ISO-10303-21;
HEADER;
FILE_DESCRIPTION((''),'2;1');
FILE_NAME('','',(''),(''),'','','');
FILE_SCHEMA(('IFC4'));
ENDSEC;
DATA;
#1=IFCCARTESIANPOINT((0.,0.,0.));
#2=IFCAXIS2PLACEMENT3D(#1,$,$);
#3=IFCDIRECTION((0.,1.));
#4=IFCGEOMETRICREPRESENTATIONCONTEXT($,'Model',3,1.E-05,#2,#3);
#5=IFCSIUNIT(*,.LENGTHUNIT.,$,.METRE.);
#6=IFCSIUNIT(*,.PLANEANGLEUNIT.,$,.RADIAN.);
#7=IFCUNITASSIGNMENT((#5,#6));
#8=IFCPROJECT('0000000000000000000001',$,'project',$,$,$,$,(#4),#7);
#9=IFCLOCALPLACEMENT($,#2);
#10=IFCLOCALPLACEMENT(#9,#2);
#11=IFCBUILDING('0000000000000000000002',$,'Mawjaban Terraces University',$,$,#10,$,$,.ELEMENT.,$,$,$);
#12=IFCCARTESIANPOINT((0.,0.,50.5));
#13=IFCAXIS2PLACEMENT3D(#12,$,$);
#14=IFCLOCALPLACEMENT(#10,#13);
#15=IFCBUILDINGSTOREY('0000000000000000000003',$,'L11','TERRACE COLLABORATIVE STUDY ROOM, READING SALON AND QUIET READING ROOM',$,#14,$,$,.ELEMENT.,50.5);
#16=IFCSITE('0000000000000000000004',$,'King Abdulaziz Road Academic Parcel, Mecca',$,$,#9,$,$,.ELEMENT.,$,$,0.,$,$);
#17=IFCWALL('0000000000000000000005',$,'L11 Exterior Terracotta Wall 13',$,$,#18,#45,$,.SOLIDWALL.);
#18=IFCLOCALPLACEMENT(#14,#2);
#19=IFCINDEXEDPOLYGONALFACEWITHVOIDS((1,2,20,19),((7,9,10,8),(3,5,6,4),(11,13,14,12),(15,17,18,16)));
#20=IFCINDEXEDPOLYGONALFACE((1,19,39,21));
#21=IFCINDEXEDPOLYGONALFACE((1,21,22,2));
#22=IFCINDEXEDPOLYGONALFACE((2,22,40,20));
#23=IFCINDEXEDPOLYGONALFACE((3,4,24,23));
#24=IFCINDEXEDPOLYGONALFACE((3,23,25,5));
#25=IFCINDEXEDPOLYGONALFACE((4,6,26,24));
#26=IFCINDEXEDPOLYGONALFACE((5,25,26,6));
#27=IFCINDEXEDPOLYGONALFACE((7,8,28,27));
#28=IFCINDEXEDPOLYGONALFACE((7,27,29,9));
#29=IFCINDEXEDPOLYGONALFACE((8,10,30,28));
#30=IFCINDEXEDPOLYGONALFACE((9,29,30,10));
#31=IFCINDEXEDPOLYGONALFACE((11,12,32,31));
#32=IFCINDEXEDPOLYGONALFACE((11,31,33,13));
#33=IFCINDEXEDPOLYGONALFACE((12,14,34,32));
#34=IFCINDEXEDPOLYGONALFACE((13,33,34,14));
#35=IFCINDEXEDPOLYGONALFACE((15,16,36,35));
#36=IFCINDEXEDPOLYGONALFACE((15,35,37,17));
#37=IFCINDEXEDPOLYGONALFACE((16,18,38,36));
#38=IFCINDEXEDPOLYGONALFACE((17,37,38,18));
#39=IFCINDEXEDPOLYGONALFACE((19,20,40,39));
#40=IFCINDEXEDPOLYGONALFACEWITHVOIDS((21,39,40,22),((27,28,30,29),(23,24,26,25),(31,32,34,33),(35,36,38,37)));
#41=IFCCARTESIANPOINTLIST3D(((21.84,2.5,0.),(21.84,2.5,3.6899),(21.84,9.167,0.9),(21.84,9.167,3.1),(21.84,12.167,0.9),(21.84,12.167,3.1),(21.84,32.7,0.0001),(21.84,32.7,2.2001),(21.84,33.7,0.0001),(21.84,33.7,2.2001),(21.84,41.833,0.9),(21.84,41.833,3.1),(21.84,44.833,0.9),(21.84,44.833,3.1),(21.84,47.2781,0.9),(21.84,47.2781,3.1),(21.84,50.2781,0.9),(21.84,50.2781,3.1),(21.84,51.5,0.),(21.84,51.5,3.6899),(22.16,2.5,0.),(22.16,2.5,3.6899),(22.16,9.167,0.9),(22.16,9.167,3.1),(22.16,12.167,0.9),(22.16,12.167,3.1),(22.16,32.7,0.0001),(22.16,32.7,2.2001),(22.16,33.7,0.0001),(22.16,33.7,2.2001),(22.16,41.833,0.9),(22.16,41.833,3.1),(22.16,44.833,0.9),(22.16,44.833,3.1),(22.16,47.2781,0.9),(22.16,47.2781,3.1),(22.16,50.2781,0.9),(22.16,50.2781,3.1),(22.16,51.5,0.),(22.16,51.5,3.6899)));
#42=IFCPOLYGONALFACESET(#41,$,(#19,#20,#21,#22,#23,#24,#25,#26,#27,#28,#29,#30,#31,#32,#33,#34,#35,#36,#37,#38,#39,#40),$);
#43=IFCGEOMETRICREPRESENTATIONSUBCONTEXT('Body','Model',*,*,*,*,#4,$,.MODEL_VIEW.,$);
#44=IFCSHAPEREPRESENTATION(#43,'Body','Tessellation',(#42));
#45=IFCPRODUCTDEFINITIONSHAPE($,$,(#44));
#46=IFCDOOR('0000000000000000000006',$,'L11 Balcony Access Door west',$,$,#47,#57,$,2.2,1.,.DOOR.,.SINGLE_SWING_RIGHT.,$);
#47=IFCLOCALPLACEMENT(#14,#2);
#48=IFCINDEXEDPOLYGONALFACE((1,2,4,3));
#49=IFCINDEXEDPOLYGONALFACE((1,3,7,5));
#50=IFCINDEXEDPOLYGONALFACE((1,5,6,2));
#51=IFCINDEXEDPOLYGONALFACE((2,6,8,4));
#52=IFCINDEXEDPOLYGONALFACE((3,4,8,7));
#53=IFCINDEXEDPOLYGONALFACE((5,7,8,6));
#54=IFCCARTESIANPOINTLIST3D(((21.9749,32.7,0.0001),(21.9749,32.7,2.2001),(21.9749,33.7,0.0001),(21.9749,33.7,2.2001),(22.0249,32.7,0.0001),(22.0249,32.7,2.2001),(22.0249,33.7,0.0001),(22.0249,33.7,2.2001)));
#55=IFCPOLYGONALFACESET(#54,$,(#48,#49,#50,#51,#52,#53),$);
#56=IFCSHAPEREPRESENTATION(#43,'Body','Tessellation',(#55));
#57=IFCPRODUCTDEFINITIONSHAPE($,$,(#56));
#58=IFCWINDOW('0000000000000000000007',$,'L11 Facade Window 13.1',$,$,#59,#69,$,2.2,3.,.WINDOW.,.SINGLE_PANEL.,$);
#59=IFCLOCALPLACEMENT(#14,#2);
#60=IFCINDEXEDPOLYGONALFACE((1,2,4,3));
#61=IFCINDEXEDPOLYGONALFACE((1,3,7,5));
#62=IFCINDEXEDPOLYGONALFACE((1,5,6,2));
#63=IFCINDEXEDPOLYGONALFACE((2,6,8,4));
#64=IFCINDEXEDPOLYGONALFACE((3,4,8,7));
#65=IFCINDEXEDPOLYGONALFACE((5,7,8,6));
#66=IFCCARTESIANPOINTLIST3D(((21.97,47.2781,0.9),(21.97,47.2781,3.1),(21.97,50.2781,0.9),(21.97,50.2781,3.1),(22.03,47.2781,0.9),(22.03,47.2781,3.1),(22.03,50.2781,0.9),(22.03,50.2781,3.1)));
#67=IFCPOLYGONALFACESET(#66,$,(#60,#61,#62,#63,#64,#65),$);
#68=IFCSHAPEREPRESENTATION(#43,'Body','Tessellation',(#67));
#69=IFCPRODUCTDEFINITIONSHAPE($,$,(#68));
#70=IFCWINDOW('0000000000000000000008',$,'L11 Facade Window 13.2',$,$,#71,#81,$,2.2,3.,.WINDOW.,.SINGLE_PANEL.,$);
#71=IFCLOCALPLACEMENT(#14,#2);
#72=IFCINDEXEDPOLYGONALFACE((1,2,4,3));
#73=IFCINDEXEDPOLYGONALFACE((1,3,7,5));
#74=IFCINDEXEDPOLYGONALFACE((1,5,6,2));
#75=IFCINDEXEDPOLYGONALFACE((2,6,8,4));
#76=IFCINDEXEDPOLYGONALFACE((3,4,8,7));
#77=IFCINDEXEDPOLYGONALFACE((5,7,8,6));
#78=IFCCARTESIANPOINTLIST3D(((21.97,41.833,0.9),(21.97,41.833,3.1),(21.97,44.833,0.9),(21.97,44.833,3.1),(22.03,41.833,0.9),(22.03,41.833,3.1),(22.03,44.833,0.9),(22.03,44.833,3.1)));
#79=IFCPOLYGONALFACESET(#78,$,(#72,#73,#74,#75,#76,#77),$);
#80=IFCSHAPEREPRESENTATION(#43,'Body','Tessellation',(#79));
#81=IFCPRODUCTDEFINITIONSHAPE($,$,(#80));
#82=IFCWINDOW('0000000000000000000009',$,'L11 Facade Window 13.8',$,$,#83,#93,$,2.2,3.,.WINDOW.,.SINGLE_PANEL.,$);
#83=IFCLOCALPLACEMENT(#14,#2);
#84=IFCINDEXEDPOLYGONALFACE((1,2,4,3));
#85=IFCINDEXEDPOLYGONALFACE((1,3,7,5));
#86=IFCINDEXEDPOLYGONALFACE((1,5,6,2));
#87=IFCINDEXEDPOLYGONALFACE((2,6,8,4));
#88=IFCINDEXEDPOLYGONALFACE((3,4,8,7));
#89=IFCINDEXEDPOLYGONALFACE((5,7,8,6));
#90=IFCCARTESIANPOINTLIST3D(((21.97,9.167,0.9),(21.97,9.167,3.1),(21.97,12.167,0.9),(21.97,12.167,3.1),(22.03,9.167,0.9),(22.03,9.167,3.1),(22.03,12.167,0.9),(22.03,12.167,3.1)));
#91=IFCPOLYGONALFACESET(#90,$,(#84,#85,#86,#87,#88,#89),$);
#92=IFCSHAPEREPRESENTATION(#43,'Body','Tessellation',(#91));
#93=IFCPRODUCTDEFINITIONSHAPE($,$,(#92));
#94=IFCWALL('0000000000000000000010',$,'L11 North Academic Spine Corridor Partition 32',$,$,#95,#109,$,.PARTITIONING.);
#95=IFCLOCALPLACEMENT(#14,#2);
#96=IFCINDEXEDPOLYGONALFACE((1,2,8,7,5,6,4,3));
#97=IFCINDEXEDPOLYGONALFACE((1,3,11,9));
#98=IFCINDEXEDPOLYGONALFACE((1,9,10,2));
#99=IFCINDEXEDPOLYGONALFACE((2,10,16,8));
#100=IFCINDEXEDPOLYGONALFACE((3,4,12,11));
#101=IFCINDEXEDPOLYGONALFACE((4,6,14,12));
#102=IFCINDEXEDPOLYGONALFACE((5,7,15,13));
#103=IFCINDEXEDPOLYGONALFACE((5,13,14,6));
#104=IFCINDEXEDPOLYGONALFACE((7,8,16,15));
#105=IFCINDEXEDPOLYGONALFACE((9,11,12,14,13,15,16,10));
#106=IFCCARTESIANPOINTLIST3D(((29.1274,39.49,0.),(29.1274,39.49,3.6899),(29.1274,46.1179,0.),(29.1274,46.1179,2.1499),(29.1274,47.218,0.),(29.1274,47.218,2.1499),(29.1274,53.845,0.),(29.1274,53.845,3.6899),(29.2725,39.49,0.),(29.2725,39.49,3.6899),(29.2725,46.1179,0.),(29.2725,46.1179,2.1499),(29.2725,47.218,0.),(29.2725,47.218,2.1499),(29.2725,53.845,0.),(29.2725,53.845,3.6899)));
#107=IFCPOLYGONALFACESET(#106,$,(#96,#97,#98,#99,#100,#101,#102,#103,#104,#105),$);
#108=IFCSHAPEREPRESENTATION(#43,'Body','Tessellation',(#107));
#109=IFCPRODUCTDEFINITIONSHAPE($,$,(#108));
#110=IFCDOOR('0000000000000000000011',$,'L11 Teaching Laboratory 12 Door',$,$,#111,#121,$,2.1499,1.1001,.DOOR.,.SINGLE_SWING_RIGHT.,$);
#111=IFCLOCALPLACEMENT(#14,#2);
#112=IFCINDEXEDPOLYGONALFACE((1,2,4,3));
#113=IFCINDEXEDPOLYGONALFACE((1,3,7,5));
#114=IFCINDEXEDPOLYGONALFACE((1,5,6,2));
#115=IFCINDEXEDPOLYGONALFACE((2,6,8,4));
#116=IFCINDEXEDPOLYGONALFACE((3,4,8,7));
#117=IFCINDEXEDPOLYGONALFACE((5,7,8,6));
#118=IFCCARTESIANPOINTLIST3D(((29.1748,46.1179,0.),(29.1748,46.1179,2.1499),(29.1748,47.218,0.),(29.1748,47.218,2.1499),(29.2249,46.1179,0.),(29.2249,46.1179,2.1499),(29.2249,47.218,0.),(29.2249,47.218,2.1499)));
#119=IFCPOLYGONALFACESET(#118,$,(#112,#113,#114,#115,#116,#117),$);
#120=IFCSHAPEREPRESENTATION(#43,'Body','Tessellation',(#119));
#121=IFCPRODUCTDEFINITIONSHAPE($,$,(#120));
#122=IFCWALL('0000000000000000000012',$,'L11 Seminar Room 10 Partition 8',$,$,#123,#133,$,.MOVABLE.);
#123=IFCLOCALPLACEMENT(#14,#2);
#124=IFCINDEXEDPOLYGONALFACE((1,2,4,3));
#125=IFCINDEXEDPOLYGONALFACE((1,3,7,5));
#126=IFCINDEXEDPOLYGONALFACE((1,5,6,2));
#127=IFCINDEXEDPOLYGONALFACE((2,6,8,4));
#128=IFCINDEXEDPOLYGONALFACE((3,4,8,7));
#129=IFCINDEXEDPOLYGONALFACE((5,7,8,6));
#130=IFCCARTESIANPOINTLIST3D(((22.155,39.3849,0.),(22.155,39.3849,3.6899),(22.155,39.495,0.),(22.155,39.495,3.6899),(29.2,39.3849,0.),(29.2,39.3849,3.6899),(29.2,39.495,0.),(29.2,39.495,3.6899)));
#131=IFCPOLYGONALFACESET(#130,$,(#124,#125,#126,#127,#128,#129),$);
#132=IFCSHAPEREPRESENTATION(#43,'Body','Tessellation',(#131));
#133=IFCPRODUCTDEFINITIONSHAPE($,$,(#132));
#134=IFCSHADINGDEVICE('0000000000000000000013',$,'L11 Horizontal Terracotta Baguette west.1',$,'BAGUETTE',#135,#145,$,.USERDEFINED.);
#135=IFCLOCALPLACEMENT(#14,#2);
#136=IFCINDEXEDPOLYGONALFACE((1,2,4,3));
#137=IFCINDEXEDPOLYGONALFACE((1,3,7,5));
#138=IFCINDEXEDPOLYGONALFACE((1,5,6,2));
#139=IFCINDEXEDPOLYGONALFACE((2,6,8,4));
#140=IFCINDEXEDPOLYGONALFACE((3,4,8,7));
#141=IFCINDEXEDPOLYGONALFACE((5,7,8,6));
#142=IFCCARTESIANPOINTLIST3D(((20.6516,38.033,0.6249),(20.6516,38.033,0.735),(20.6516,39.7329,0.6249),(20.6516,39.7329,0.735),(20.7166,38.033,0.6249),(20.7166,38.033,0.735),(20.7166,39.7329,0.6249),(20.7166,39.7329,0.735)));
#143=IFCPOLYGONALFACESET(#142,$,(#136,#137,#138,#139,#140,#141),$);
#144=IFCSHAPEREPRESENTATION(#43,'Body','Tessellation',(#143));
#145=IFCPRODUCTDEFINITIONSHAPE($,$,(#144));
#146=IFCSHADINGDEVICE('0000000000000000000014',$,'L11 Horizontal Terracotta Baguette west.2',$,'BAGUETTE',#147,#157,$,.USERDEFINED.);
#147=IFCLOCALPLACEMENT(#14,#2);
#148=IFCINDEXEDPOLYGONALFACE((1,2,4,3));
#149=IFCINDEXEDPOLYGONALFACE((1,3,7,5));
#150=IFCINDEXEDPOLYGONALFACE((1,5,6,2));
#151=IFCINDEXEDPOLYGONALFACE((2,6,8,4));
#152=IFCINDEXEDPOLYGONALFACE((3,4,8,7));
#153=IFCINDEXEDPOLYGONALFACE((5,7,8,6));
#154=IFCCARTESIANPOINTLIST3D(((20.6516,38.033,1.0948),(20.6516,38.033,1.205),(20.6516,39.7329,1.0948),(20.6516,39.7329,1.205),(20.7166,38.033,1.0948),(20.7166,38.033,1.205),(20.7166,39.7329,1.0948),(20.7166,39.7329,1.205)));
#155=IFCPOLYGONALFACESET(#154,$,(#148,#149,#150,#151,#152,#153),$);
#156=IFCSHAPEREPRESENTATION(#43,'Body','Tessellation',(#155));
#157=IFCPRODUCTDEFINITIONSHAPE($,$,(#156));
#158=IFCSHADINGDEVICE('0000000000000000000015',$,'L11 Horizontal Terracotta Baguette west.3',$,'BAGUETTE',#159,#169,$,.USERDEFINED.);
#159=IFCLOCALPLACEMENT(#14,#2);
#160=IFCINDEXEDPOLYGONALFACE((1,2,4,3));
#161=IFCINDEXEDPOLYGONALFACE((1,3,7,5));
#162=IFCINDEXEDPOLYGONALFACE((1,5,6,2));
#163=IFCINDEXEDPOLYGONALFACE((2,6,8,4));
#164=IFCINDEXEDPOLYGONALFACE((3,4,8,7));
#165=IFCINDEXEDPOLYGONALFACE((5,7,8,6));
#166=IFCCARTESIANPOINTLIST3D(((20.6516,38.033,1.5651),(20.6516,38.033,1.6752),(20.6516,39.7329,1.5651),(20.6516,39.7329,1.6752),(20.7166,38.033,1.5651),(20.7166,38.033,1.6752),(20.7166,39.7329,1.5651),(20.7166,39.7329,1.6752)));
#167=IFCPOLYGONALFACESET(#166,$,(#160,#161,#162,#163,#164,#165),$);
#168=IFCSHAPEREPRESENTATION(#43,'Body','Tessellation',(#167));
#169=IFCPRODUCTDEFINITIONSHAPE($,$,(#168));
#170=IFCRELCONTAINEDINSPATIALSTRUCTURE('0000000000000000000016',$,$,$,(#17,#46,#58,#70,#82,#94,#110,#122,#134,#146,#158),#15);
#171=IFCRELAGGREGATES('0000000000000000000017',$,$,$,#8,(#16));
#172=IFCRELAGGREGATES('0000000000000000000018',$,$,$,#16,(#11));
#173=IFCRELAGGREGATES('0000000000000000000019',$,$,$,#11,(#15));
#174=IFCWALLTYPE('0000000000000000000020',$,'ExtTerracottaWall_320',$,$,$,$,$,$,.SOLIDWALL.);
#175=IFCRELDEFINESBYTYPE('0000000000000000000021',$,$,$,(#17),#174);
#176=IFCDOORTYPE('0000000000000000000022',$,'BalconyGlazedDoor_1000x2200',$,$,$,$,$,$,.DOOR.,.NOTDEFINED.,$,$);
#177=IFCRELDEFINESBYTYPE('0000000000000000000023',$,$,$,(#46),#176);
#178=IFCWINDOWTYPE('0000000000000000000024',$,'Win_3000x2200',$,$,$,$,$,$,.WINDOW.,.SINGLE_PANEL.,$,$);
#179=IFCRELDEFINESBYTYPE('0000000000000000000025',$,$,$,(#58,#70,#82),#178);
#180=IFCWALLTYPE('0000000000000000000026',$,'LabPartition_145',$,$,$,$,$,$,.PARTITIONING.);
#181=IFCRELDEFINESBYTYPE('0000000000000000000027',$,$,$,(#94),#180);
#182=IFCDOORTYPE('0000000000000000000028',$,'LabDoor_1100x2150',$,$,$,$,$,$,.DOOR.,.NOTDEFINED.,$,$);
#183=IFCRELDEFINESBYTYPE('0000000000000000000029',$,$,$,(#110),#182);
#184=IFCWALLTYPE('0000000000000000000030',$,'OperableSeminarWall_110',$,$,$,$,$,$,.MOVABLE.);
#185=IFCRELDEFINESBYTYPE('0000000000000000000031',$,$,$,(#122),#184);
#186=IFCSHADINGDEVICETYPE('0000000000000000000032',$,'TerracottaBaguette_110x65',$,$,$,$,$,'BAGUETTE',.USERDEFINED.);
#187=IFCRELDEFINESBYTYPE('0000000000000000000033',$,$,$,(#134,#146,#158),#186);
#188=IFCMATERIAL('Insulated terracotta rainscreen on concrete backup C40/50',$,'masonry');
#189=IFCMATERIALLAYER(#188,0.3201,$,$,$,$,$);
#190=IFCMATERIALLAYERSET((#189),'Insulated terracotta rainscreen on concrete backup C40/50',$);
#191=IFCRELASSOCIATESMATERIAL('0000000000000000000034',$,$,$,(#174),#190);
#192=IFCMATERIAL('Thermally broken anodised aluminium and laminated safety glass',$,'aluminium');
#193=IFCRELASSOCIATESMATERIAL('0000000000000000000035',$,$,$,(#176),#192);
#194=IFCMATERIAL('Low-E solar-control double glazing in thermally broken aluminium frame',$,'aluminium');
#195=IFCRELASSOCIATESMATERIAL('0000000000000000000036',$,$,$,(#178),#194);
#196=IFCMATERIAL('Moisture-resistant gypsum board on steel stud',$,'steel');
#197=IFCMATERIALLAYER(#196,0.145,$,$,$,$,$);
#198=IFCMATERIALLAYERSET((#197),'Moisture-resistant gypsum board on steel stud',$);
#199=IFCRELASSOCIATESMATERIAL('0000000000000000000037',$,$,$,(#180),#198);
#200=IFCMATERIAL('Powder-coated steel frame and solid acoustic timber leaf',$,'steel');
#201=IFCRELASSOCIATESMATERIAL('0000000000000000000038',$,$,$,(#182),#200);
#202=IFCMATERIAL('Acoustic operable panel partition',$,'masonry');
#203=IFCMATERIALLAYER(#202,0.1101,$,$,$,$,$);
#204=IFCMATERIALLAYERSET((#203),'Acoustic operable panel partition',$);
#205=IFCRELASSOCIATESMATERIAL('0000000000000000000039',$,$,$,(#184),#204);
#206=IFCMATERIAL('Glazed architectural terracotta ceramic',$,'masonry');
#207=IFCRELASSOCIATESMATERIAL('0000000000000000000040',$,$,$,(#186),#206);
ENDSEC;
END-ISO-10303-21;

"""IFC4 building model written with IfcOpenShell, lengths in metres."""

from ifc_helpers import new_model, si_unit, direction, frame, frame_2d, origin, origin_2d, place, context, subcontext, project, spatial, rectangle, extrude, material, layer, layer_set, material_profile, profile_set, type_object, element, fill, save


model = new_model("IFC4")

# Units and contexts
model_context = context("Model", 3, precision=1e-05, world=origin(), true_north=direction((0.0, 1.0)))
body_context = subcontext(model_context, "Body", "Model", "MODEL_VIEW")
ifc_project = project(units=[si_unit("LENGTHUNIT", "METRE"), si_unit("PLANEANGLEUNIT", "RADIAN")], contexts=[model_context])

# Site, building, storey
site_placement = place(None, origin())
site = spatial("IfcSite", under=ifc_project, at=site_placement, Name="King Abdulaziz Road Academic Parcel, Mecca", CompositionType="ELEMENT", RefElevation=0.0)
building_placement = place(site_placement, origin())
building = spatial("IfcBuilding", under=site, at=building_placement, Name="Mawjaban Terraces University", CompositionType="ELEMENT")
storey_placement = place(building_placement, frame((0.0, 0.0, 50.5)))
storey = spatial("IfcBuildingStorey", under=building, at=storey_placement, Name="L11", Description="TERRACE COLLABORATIVE STUDY ROOM, READING SALON AND QUIET READING ROOM", CompositionType="ELEMENT", Elevation=50.5)

# Shared definitions
ifc_material_1 = material(Name="Powder-coated steel frame and solid acoustic timber leaf", Category="steel")

# Shared definitions
ifc_material_2 = material(Name="Insulated terracotta rainscreen on concrete backup C40/50", Category="masonry")
ifc_layer_1 = layer(ifc_material_2, 0.3201)
ifc_layer_set_1 = layer_set([ifc_layer_1], Name="Insulated terracotta rainscreen on concrete backup C40/50")
wall_type_1 = type_object("IfcWallType", Name="ExtTerracottaWall_320", PredefinedType="SOLIDWALL", material=ifc_layer_set_1)
ifc_material_3 = material(Name="Low-E solar-control double glazing in thermally broken aluminium frame", Category="aluminium")

# Wall, openings, door, windows
wall_1_placement = place(storey_placement, frame((22.0, 51.5, 0.0), z_axis=(0.0, 0.0, 1.0), x_axis=(0.0, -1.0, 0.0)))
wall_1 = element("IfcWall", 1, at=wall_1_placement, inside=storey, type_object=wall_type_1, Name="L11 Exterior Terracotta Wall 13", PredefinedType="SOLIDWALL", context=body_context, shape_type="SweptSolid", body=[
    extrude(rectangle(XDim=49.0, YDim=0.3201, at=frame_2d((24.5, 0.0))), origin(), (0.0, 0.0, 1.0), 3.6899),
])
opening_1_placement = place(wall_1_placement, frame((17.8, 0.0, 0.0)))
opening_1 = element("IfcOpeningElement", 2, at=opening_1_placement, cuts=wall_1, PredefinedType="OPENING", context=body_context, shape_type="SweptSolid", body=[
    extrude(rectangle(XDim=1.0, YDim=2.2, at=frame_2d((0.5, 1.1001))), frame((0.0, 0.1699, 0.0), z_axis=(0.0, -1.0, 0.0), x_axis=(1.0, 0.0, 0.0)), (0.0, 0.0, 1.0), 0.3401),
])
opening_2_placement = place(wall_1_placement, frame((1.2219, 0.0, 0.8999)))
opening_2 = element("IfcOpeningElement", 3, at=opening_2_placement, cuts=wall_1, PredefinedType="OPENING", context=body_context, shape_type="SweptSolid", body=[
    extrude(rectangle(XDim=3.0, YDim=2.2, at=frame_2d((1.5, 1.1001))), frame((0.0, 0.1699, 0.0), z_axis=(0.0, -1.0, 0.0), x_axis=(1.0, 0.0, 0.0)), (0.0, 0.0, 1.0), 0.3401),
])
opening_3_placement = place(wall_1_placement, frame((6.667, 0.0, 0.8999)))
opening_3 = element("IfcOpeningElement", 4, at=opening_3_placement, cuts=wall_1, PredefinedType="OPENING", context=body_context, shape_type="SweptSolid", body=[
    extrude(rectangle(XDim=3.0, YDim=2.2, at=frame_2d((1.5, 1.1001))), frame((0.0, 0.1699, 0.0), z_axis=(0.0, -1.0, 0.0), x_axis=(1.0, 0.0, 0.0)), (0.0, 0.0, 1.0), 0.3401),
])
opening_4_placement = place(wall_1_placement, frame((39.333, 0.0, 0.8999)))
opening_4 = element("IfcOpeningElement", 5, at=opening_4_placement, cuts=wall_1, PredefinedType="OPENING", context=body_context, shape_type="SweptSolid", body=[
    extrude(rectangle(XDim=3.0, YDim=2.2, at=frame_2d((1.5, 1.1001))), frame((0.0, 0.1699, 0.0), z_axis=(0.0, -1.0, 0.0), x_axis=(1.0, 0.0, 0.0)), (0.0, 0.0, 1.0), 0.3401),
])
ifc_material_4 = material(Name="Thermally broken anodised aluminium and laminated safety glass", Category="aluminium")
door_type_1 = type_object("IfcDoorType", Name="BalconyGlazedDoor_1000x2200", OperationType="NOTDEFINED", PredefinedType="DOOR", material=ifc_material_4)
door_1_placement = place(opening_1_placement, origin())
door_1 = element("IfcDoor", 6, at=door_1_placement, inside=storey, type_object=door_type_1, Name="L11 Balcony Access Door west", OperationType="SINGLE_SWING_RIGHT", OverallHeight=2.2, OverallWidth=1.0, PredefinedType="DOOR", context=body_context, shape_type="SweptSolid", body=[
    extrude(rectangle(XDim=1.0, YDim=2.2, at=frame_2d((0.5, 1.1001))), frame((0.0, 0.0249, 0.0), z_axis=(0.0, -1.0, 0.0), x_axis=(1.0, 0.0, 0.0)), (0.0, 0.0, 1.0), 0.05),
])
fill(opening_1, door_1)
window_type_1 = type_object("IfcWindowType", Name="Win_3000x2200", PartitioningType="SINGLE_PANEL", PredefinedType="WINDOW", material=ifc_material_3)
window_1_placement = place(opening_2_placement, origin())
window_1 = element("IfcWindow", 7, at=window_1_placement, inside=storey, type_object=window_type_1, Name="L11 Facade Window 13.1", OverallHeight=2.2, OverallWidth=3.0, PartitioningType="SINGLE_PANEL", PredefinedType="WINDOW", context=body_context, shape_type="SweptSolid", body=[
    extrude(rectangle(XDim=3.0, YDim=2.2, at=frame_2d((1.5, 1.1001))), frame((0.0, 0.03, 0.0), z_axis=(0.0, -1.0, 0.0), x_axis=(1.0, 0.0, 0.0)), (0.0, 0.0, 1.0), 0.0601),
])
fill(opening_2, window_1)
window_2_placement = place(opening_3_placement, origin())
window_2 = element("IfcWindow", 8, at=window_2_placement, inside=storey, type_object=window_type_1, Name="L11 Facade Window 13.2", OverallHeight=2.2, OverallWidth=3.0, PartitioningType="SINGLE_PANEL", PredefinedType="WINDOW", context=body_context, shape_type="SweptSolid", body=[
    extrude(rectangle(XDim=3.0, YDim=2.2, at=frame_2d((1.5, 1.1001))), frame((0.0, 0.03, 0.0), z_axis=(0.0, -1.0, 0.0), x_axis=(1.0, 0.0, 0.0)), (0.0, 0.0, 1.0), 0.0601),
])
fill(opening_3, window_2)
window_3_placement = place(opening_4_placement, origin())
window_3 = element("IfcWindow", 9, at=window_3_placement, inside=storey, type_object=window_type_1, Name="L11 Facade Window 13.8", OverallHeight=2.2, OverallWidth=3.0, PartitioningType="SINGLE_PANEL", PredefinedType="WINDOW", context=body_context, shape_type="SweptSolid", body=[
    extrude(rectangle(XDim=3.0, YDim=2.2, at=frame_2d((1.5, 1.1001))), frame((0.0, 0.03, 0.0), z_axis=(0.0, -1.0, 0.0), x_axis=(1.0, 0.0, 0.0)), (0.0, 0.0, 1.0), 0.0601),
])
fill(opening_4, window_3)

# Wall, opening, door
ifc_material_5 = material(Name="Moisture-resistant gypsum board on steel stud", Category="steel")
ifc_layer_2 = layer(ifc_material_5, 0.145)
ifc_layer_set_2 = layer_set([ifc_layer_2], Name="Moisture-resistant gypsum board on steel stud")
wall_type_2 = type_object("IfcWallType", Name="LabPartition_145", PredefinedType="PARTITIONING", material=ifc_layer_set_2)
wall_2_placement = place(storey_placement, frame((29.2, 53.845, 0.0), z_axis=(0.0, 0.0, 1.0), x_axis=(0.0, -1.0, 0.0)))
wall_2 = element("IfcWall", 10, at=wall_2_placement, inside=storey, type_object=wall_type_2, Name="L11 North Academic Spine Corridor Partition 32", PredefinedType="PARTITIONING", context=body_context, shape_type="SweptSolid", body=[
    extrude(rectangle(XDim=14.355, YDim=0.145, at=frame_2d((7.1775, 0.0))), origin(), (0.0, 0.0, 1.0), 3.6899),
])
opening_5_placement = place(wall_2_placement, frame((6.627, 0.0, 0.0)))
opening_5 = element("IfcOpeningElement", 11, at=opening_5_placement, cuts=wall_2, PredefinedType="OPENING", context=body_context, shape_type="SweptSolid", body=[
    extrude(rectangle(XDim=1.1001, YDim=2.1499, at=frame_2d((0.55, 1.075))), frame((0.0, 0.0825, 0.0), z_axis=(0.0, -1.0, 0.0), x_axis=(1.0, 0.0, 0.0)), (0.0, 0.0, 1.0), 0.165),
])
door_type_2 = type_object("IfcDoorType", Name="LabDoor_1100x2150", OperationType="NOTDEFINED", PredefinedType="DOOR", material=ifc_material_1)
door_2_placement = place(opening_5_placement, origin())
door_2 = element("IfcDoor", 12, at=door_2_placement, inside=storey, type_object=door_type_2, Name="L11 Teaching Laboratory 12 Door", OperationType="SINGLE_SWING_RIGHT", OverallHeight=2.1499, OverallWidth=1.1001, PredefinedType="DOOR", context=body_context, shape_type="SweptSolid", body=[
    extrude(rectangle(XDim=1.1001, YDim=2.1499, at=frame_2d((0.55, 1.075))), frame((0.0, 0.0249, 0.0), z_axis=(0.0, -1.0, 0.0), x_axis=(1.0, 0.0, 0.0)), (0.0, 0.0, 1.0), 0.05),
])
fill(opening_5, door_2)

# Wall
ifc_material_6 = material(Name="Acoustic operable panel partition", Category="masonry")
ifc_layer_3 = layer(ifc_material_6, 0.1101)
ifc_layer_set_3 = layer_set([ifc_layer_3], Name="Acoustic operable panel partition")
wall_type_3 = type_object("IfcWallType", Name="OperableSeminarWall_110", PredefinedType="MOVABLE", material=ifc_layer_set_3)
wall_3_placement = place(storey_placement, frame((29.2, 39.4399, 0.0), z_axis=(0.0, 0.0, 1.0), x_axis=(-1.0, 0.0, 0.0)))
element("IfcWall", 13, at=wall_3_placement, inside=storey, type_object=wall_type_3, Name="L11 Seminar Room 10 Partition 8", PredefinedType="MOVABLE", context=body_context, shape_type="SweptSolid", body=[
    extrude(rectangle(XDim=7.0449, YDim=0.1101, at=frame_2d((3.5225, 0.0))), origin(), (0.0, 0.0, 1.0), 3.6899),
])

# Shading devices
ifc_material_7 = material(Name="Glazed architectural terracotta ceramic", Category="masonry")
ifc_material_profile_1 = material_profile(ifc_material_7, rectangle(XDim=0.0649, YDim=0.1101, at=origin_2d()), Name="TBAG110X65")
ifc_profile_set_1 = profile_set([ifc_material_profile_1], Name="Glazed architectural terracotta ceramic")
shading_device_type_1 = type_object("IfcShadingDeviceType", Name="TerracottaBaguette_110x65", ElementType="BAGUETTE", PredefinedType="USERDEFINED", material=ifc_profile_set_1)
for number, where, z_axis, x_axis, name in (
    (14, (20.6841, 38.033, 0.6799), (0.0, 1.0, 0.0), (-1.0, 0.0, 0.0), "L11 Horizontal Terracotta Baguette west.1"),
    (15, (20.6841, 38.033, 1.1499), (0.0, 1.0, 0.0), (-1.0, 0.0, 0.0), "L11 Horizontal Terracotta Baguette west.2"),
    (16, (20.6841, 38.033, 1.6201), (0.0, 1.0, 0.0), (-1.0, 0.0, 0.0), "L11 Horizontal Terracotta Baguette west.3"),
):
    element("IfcShadingDevice", number, at=place(storey_placement, frame(where, z_axis=z_axis, x_axis=x_axis)), inside=storey, type_object=shading_device_type_1, Name=name, ObjectType="BAGUETTE", PredefinedType="USERDEFINED", context=body_context, shape_type="SweptSolid", body=[
        extrude(rectangle(XDim=0.0649, YDim=0.1101, at=origin_2d()), origin(), (0.0, 0.0, 1.0), 1.7),
    ])

save(model, "model.ifc")
